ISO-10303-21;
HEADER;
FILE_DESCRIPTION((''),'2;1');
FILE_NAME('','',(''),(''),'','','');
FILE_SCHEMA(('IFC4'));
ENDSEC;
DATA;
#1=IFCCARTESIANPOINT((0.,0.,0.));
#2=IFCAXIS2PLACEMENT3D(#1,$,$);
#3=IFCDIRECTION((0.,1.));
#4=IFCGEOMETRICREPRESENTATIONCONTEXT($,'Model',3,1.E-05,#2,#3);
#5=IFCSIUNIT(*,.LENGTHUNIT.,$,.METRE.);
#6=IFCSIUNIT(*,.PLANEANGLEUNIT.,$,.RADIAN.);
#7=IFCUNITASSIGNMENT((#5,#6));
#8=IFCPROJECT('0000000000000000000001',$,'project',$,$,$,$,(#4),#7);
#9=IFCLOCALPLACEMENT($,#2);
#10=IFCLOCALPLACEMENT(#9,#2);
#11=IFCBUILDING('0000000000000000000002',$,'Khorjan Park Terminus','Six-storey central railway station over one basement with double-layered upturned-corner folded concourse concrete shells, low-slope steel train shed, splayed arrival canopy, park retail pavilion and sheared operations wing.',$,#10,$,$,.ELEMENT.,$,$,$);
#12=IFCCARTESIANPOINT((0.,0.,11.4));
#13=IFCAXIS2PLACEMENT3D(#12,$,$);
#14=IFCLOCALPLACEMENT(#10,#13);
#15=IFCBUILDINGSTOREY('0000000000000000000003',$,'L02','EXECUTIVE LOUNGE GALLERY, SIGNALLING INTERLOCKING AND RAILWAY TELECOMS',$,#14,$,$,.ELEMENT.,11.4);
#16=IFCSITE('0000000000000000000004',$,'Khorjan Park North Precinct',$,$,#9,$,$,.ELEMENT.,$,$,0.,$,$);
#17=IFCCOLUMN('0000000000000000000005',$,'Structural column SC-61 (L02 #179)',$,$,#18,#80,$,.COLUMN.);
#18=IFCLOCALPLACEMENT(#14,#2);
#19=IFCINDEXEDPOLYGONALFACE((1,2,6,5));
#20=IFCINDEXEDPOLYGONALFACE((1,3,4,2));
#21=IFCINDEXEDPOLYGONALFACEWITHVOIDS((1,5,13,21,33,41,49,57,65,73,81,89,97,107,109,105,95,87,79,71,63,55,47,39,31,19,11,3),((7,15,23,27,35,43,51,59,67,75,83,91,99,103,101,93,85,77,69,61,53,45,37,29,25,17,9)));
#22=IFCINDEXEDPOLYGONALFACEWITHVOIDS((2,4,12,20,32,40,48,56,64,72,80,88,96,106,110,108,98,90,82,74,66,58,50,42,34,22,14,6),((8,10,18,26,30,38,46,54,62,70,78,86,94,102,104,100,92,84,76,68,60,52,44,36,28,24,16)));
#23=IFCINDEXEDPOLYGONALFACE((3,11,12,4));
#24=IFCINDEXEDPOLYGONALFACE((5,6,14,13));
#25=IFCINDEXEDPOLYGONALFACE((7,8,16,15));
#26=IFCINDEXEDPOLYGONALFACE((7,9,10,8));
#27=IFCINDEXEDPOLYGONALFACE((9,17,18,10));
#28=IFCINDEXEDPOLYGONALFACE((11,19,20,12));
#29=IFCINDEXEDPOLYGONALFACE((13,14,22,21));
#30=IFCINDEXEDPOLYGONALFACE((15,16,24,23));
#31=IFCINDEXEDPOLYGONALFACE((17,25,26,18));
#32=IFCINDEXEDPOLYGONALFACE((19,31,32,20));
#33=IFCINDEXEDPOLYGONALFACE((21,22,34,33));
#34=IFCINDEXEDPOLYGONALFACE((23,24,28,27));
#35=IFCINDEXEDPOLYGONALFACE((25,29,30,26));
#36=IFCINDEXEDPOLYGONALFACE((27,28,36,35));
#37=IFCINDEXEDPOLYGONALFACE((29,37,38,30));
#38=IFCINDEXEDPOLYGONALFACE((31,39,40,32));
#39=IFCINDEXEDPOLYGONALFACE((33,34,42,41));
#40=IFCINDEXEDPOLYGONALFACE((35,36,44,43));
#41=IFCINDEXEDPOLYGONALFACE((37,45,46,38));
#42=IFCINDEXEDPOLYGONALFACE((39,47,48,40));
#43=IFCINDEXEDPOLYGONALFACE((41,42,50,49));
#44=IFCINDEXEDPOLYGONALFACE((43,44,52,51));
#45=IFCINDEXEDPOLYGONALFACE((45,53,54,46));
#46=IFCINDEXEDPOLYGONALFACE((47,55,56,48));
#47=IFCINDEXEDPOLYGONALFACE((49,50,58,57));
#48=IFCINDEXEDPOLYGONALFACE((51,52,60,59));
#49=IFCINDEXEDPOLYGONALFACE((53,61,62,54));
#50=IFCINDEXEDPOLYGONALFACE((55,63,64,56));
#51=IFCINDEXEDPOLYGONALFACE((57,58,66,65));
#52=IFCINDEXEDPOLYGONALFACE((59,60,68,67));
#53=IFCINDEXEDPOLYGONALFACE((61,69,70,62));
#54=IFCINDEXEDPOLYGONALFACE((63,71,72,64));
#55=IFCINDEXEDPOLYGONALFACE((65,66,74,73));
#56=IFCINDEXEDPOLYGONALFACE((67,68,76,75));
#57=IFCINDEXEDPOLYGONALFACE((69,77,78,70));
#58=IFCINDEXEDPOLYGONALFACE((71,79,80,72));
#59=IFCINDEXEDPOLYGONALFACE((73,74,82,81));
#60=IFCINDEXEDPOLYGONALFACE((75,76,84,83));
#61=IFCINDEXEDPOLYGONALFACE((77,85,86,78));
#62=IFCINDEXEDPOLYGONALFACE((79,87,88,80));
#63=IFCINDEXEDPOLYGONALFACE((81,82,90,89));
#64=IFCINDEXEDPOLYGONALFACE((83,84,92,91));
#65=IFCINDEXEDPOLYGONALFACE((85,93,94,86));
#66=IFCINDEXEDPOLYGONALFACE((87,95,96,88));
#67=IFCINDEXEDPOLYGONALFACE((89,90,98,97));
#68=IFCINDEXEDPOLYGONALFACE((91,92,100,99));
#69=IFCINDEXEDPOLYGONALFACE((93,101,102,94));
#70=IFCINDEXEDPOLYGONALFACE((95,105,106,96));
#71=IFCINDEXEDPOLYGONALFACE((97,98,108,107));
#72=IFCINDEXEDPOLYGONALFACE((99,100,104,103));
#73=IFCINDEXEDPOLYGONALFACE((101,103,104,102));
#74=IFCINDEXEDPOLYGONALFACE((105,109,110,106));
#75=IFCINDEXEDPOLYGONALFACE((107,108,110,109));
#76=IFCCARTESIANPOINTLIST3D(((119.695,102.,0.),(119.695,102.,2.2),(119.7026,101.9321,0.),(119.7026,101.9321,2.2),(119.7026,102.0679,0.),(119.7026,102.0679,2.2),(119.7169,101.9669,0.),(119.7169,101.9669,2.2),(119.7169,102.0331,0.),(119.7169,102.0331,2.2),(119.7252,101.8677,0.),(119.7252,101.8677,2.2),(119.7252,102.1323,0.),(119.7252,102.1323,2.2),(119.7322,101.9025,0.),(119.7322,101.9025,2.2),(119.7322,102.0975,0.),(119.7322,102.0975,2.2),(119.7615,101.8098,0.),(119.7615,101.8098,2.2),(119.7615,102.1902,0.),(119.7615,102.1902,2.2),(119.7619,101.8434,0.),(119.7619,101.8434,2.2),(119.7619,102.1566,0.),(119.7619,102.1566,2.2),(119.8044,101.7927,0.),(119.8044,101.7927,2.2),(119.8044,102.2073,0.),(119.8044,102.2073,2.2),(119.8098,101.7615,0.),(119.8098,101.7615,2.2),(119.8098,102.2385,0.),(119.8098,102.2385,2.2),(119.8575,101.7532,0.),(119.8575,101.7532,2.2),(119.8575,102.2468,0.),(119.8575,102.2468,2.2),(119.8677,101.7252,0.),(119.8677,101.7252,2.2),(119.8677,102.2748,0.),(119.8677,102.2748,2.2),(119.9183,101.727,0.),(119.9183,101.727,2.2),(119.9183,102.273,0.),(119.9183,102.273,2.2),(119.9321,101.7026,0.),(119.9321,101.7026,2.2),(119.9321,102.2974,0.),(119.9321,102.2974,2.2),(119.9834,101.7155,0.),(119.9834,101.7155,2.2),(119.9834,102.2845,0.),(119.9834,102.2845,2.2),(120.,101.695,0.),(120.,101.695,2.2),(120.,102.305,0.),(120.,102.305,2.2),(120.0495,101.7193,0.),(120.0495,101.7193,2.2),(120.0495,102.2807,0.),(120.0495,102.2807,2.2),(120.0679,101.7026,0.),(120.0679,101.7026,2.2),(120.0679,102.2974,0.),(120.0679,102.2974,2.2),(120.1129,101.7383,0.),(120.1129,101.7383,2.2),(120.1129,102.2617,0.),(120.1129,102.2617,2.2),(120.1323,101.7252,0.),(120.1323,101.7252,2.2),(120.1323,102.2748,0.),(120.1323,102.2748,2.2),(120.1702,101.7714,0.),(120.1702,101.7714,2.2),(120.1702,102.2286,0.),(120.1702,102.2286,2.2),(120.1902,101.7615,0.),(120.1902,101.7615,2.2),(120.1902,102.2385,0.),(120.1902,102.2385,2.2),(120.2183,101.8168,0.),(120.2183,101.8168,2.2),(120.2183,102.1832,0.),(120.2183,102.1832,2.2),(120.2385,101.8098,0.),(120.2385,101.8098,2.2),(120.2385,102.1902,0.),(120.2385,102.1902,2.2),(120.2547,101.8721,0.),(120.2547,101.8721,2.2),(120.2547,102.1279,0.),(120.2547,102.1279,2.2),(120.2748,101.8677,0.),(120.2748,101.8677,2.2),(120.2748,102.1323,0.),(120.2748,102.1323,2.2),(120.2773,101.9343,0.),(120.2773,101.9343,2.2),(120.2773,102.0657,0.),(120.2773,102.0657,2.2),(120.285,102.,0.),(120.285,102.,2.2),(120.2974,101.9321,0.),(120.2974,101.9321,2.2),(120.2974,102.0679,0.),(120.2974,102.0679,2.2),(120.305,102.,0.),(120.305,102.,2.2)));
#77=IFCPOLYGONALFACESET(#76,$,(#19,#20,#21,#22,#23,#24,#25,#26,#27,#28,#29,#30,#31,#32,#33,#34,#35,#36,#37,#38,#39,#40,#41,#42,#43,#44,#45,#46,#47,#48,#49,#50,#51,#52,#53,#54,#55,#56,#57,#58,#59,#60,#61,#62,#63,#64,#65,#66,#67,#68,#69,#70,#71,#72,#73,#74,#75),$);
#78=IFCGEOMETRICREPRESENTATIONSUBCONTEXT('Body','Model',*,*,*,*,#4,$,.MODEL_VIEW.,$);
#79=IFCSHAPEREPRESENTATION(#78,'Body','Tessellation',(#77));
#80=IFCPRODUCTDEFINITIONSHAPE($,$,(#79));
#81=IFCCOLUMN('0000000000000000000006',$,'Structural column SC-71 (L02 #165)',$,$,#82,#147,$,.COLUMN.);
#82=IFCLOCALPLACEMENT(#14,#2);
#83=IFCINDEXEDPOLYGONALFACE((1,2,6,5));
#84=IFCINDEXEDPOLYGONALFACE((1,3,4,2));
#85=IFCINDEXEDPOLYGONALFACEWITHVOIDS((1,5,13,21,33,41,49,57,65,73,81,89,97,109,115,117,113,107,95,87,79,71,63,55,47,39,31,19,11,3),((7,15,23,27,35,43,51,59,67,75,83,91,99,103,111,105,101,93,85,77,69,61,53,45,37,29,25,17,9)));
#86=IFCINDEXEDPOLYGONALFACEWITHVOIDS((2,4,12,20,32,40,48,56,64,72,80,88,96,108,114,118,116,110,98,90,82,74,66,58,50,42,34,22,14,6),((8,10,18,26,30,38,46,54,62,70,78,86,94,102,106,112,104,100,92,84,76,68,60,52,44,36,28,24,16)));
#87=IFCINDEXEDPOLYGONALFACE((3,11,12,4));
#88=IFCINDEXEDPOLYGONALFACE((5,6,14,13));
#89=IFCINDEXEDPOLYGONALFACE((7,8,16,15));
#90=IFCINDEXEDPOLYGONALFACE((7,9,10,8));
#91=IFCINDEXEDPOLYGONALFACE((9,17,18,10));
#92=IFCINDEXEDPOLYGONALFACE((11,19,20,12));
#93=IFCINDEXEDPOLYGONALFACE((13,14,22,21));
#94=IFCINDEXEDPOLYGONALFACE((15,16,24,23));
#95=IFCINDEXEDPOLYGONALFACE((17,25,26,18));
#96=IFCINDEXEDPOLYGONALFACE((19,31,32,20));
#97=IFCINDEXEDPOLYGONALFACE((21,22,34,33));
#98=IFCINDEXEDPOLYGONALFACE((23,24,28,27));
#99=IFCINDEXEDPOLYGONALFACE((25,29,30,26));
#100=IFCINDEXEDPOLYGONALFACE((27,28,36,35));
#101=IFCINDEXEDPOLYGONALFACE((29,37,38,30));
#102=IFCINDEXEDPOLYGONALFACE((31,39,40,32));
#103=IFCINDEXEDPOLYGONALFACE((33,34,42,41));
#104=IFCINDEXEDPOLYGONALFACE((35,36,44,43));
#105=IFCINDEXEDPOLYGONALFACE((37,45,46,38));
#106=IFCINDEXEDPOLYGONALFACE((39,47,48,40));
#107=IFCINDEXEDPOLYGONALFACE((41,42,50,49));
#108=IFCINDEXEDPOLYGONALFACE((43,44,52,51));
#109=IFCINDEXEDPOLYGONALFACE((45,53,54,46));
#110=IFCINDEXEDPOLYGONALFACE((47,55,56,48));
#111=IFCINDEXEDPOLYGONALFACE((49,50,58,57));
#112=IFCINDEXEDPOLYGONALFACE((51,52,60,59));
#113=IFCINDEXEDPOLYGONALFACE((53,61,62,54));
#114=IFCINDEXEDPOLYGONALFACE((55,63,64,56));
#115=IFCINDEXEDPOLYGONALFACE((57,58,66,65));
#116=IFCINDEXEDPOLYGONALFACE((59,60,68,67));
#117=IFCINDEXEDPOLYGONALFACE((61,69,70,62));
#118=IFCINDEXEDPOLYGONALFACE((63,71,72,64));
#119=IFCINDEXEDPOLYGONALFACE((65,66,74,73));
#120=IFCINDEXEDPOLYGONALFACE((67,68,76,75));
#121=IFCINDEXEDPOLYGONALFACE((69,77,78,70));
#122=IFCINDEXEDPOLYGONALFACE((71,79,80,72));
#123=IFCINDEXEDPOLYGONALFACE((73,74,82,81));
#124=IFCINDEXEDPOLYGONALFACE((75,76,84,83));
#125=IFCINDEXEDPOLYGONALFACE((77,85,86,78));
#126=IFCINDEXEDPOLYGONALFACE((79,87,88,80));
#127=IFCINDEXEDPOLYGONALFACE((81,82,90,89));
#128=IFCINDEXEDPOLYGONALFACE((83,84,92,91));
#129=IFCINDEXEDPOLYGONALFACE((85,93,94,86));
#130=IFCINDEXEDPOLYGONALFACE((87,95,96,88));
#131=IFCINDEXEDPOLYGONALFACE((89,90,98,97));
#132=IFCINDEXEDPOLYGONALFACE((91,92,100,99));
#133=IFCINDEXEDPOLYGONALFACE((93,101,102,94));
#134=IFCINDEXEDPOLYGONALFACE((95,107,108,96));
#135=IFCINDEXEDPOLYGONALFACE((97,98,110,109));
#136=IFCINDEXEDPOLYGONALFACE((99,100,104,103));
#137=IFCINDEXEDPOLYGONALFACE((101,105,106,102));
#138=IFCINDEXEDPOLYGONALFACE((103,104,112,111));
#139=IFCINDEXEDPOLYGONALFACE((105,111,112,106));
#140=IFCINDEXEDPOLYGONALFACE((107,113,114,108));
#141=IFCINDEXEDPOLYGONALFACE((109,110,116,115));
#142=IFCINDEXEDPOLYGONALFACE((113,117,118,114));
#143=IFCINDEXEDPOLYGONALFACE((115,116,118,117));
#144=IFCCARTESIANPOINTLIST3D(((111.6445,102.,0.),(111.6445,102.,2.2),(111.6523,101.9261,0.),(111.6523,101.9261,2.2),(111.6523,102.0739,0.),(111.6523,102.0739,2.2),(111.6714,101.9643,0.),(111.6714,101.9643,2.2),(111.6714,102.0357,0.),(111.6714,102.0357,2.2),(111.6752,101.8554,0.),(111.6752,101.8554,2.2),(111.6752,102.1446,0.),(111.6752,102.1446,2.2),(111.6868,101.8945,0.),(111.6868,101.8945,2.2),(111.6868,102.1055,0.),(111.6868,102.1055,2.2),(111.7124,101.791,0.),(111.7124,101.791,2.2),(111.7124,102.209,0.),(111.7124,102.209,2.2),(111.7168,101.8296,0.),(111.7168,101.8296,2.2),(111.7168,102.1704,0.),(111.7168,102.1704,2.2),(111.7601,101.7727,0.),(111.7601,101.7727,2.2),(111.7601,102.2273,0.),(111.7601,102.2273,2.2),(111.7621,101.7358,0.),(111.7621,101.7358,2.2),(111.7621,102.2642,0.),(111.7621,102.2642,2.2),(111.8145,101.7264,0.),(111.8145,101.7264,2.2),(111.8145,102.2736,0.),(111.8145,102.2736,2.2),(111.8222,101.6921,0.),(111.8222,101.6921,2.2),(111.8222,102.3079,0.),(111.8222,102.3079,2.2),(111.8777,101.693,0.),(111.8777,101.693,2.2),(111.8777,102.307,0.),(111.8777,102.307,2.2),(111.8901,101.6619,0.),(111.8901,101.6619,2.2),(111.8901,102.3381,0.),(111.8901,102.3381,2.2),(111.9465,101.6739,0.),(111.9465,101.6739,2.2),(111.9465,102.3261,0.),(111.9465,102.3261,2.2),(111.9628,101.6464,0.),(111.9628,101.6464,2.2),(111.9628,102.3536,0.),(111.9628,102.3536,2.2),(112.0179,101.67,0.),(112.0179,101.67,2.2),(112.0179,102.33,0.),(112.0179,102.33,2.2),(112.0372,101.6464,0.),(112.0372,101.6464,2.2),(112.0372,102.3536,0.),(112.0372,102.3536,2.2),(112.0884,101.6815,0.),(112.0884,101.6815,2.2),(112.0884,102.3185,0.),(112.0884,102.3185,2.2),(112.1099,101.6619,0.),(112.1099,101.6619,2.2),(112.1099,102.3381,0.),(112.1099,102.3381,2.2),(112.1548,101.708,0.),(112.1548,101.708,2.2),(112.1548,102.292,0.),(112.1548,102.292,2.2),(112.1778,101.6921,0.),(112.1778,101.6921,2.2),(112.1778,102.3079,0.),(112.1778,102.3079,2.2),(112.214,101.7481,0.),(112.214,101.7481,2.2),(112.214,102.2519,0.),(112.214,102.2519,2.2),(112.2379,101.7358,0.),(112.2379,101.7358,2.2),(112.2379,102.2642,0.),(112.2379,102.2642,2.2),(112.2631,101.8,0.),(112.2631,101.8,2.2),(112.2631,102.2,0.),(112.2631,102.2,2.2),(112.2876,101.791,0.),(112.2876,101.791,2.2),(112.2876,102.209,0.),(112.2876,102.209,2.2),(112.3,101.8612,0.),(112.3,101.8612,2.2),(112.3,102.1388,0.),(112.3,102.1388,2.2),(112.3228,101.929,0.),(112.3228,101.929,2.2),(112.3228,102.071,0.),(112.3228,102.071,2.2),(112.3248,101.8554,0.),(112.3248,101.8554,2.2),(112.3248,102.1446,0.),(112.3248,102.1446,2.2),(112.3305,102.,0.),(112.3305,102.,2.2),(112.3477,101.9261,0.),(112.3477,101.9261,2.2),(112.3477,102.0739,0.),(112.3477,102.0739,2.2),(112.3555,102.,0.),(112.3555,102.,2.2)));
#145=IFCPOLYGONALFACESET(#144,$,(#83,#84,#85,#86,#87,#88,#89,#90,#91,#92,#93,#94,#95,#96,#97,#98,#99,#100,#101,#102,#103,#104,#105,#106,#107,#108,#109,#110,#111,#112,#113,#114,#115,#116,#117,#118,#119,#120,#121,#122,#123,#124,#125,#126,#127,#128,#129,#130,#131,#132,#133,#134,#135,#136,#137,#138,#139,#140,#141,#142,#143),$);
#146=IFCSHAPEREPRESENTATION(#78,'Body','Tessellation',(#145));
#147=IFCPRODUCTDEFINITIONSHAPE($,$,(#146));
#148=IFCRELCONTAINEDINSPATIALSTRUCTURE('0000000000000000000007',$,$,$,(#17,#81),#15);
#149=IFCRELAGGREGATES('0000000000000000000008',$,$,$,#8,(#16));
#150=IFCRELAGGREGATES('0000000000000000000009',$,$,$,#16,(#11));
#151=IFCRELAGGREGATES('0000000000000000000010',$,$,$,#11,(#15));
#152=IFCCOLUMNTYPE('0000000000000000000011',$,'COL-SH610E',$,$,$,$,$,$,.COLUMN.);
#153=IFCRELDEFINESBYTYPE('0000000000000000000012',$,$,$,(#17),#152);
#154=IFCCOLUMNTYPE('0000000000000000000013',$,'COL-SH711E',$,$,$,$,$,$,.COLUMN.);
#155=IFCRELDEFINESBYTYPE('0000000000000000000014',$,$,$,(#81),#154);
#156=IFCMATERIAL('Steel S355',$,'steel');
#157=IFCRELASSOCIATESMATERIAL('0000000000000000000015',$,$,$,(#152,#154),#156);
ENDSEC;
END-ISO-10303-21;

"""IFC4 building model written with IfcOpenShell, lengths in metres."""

from ifc_helpers import new_model, si_unit, direction, frame, origin, origin_2d, place, context, subcontext, project, spatial, hollow_circle, extrude, material, material_profile, profile_set, type_object, element, save


model = new_model("IFC4")

# Units and contexts
model_context = context("Model", 3, precision=1e-05, world=origin(), true_north=direction((0.0, 1.0)))
body_context = subcontext(model_context, "Body", "Model", "MODEL_VIEW")
ifc_project = project(units=[si_unit("LENGTHUNIT", "METRE"), si_unit("PLANEANGLEUNIT", "RADIAN")], contexts=[model_context])

# Site, building, storey
site_placement = place(None, origin())
site = spatial("IfcSite", under=ifc_project, at=site_placement, Name="Khorjan Park North Precinct", CompositionType="ELEMENT", RefElevation=0.0)
building_placement = place(site_placement, origin())
building = spatial("IfcBuilding", under=site, at=building_placement, Name="Khorjan Park Terminus", Description="Six-storey central railway station over one basement with double-layered upturned-corner folded concourse concrete shells, low-slope steel train shed, splayed arrival canopy, park retail pavilion and sheared operations wing.", CompositionType="ELEMENT")
storey_placement = place(building_placement, frame((0.0, 0.0, 11.4)))
storey = spatial("IfcBuildingStorey", under=building, at=storey_placement, Name="L02", Description="EXECUTIVE LOUNGE GALLERY, SIGNALLING INTERLOCKING AND RAILWAY TELECOMS", CompositionType="ELEMENT", Elevation=11.4)

# Columns
ifc_material = material(Name="Steel S355", Category="steel")
ifc_material_profile_1 = material_profile(ifc_material, hollow_circle(Radius=0.305, WallThickness=0.02, at=origin_2d()), Name="CHS 610x20")
ifc_profile_set_1 = profile_set([ifc_material_profile_1], Name="Steel S355")
column_type_1 = type_object("IfcColumnType", Name="COL-SH610E", PredefinedType="COLUMN", material=ifc_profile_set_1)
column_placement = place(storey_placement, frame((120.0, 102.0, 0.0), z_axis=(0.0, 0.0, 1.0), x_axis=(1.0, 0.0, 0.0)))
element("IfcColumn", 1, at=column_placement, inside=storey, type_object=column_type_1, Name="Structural column SC-61 (L02 #179)", PredefinedType="COLUMN", context=body_context, shape_type="SweptSolid", body=[
    extrude(hollow_circle(Radius=0.305, WallThickness=0.02, at=origin_2d()), origin(), (0.0, 0.0, 1.0), 2.2),
])
ifc_material_profile_2 = material_profile(ifc_material, hollow_circle(Radius=0.3555, WallThickness=0.025, at=origin_2d()), Name="CHS 711x25")
ifc_profile_set_2 = profile_set([ifc_material_profile_2], Name="Steel S355")
column_type_2 = type_object("IfcColumnType", Name="COL-SH711E", PredefinedType="COLUMN", material=ifc_profile_set_2)
for number, where, z_axis, x_axis, name in (
    (2, (112.0, 102.0, 0.0), (0.0, 0.0, 1.0), (1.0, 0.0, 0.0), "Structural column SC-71 (L02 #165)"),
):
    element("IfcColumn", number, at=place(storey_placement, frame(where, z_axis=z_axis, x_axis=x_axis)), inside=storey, type_object=column_type_2, Name=name, PredefinedType="COLUMN", context=body_context, shape_type="SweptSolid", body=[
        extrude(hollow_circle(Radius=0.3555, WallThickness=0.025, at=origin_2d()), origin(), (0.0, 0.0, 1.0), 2.2),
    ])

save(model, "model.ifc")
